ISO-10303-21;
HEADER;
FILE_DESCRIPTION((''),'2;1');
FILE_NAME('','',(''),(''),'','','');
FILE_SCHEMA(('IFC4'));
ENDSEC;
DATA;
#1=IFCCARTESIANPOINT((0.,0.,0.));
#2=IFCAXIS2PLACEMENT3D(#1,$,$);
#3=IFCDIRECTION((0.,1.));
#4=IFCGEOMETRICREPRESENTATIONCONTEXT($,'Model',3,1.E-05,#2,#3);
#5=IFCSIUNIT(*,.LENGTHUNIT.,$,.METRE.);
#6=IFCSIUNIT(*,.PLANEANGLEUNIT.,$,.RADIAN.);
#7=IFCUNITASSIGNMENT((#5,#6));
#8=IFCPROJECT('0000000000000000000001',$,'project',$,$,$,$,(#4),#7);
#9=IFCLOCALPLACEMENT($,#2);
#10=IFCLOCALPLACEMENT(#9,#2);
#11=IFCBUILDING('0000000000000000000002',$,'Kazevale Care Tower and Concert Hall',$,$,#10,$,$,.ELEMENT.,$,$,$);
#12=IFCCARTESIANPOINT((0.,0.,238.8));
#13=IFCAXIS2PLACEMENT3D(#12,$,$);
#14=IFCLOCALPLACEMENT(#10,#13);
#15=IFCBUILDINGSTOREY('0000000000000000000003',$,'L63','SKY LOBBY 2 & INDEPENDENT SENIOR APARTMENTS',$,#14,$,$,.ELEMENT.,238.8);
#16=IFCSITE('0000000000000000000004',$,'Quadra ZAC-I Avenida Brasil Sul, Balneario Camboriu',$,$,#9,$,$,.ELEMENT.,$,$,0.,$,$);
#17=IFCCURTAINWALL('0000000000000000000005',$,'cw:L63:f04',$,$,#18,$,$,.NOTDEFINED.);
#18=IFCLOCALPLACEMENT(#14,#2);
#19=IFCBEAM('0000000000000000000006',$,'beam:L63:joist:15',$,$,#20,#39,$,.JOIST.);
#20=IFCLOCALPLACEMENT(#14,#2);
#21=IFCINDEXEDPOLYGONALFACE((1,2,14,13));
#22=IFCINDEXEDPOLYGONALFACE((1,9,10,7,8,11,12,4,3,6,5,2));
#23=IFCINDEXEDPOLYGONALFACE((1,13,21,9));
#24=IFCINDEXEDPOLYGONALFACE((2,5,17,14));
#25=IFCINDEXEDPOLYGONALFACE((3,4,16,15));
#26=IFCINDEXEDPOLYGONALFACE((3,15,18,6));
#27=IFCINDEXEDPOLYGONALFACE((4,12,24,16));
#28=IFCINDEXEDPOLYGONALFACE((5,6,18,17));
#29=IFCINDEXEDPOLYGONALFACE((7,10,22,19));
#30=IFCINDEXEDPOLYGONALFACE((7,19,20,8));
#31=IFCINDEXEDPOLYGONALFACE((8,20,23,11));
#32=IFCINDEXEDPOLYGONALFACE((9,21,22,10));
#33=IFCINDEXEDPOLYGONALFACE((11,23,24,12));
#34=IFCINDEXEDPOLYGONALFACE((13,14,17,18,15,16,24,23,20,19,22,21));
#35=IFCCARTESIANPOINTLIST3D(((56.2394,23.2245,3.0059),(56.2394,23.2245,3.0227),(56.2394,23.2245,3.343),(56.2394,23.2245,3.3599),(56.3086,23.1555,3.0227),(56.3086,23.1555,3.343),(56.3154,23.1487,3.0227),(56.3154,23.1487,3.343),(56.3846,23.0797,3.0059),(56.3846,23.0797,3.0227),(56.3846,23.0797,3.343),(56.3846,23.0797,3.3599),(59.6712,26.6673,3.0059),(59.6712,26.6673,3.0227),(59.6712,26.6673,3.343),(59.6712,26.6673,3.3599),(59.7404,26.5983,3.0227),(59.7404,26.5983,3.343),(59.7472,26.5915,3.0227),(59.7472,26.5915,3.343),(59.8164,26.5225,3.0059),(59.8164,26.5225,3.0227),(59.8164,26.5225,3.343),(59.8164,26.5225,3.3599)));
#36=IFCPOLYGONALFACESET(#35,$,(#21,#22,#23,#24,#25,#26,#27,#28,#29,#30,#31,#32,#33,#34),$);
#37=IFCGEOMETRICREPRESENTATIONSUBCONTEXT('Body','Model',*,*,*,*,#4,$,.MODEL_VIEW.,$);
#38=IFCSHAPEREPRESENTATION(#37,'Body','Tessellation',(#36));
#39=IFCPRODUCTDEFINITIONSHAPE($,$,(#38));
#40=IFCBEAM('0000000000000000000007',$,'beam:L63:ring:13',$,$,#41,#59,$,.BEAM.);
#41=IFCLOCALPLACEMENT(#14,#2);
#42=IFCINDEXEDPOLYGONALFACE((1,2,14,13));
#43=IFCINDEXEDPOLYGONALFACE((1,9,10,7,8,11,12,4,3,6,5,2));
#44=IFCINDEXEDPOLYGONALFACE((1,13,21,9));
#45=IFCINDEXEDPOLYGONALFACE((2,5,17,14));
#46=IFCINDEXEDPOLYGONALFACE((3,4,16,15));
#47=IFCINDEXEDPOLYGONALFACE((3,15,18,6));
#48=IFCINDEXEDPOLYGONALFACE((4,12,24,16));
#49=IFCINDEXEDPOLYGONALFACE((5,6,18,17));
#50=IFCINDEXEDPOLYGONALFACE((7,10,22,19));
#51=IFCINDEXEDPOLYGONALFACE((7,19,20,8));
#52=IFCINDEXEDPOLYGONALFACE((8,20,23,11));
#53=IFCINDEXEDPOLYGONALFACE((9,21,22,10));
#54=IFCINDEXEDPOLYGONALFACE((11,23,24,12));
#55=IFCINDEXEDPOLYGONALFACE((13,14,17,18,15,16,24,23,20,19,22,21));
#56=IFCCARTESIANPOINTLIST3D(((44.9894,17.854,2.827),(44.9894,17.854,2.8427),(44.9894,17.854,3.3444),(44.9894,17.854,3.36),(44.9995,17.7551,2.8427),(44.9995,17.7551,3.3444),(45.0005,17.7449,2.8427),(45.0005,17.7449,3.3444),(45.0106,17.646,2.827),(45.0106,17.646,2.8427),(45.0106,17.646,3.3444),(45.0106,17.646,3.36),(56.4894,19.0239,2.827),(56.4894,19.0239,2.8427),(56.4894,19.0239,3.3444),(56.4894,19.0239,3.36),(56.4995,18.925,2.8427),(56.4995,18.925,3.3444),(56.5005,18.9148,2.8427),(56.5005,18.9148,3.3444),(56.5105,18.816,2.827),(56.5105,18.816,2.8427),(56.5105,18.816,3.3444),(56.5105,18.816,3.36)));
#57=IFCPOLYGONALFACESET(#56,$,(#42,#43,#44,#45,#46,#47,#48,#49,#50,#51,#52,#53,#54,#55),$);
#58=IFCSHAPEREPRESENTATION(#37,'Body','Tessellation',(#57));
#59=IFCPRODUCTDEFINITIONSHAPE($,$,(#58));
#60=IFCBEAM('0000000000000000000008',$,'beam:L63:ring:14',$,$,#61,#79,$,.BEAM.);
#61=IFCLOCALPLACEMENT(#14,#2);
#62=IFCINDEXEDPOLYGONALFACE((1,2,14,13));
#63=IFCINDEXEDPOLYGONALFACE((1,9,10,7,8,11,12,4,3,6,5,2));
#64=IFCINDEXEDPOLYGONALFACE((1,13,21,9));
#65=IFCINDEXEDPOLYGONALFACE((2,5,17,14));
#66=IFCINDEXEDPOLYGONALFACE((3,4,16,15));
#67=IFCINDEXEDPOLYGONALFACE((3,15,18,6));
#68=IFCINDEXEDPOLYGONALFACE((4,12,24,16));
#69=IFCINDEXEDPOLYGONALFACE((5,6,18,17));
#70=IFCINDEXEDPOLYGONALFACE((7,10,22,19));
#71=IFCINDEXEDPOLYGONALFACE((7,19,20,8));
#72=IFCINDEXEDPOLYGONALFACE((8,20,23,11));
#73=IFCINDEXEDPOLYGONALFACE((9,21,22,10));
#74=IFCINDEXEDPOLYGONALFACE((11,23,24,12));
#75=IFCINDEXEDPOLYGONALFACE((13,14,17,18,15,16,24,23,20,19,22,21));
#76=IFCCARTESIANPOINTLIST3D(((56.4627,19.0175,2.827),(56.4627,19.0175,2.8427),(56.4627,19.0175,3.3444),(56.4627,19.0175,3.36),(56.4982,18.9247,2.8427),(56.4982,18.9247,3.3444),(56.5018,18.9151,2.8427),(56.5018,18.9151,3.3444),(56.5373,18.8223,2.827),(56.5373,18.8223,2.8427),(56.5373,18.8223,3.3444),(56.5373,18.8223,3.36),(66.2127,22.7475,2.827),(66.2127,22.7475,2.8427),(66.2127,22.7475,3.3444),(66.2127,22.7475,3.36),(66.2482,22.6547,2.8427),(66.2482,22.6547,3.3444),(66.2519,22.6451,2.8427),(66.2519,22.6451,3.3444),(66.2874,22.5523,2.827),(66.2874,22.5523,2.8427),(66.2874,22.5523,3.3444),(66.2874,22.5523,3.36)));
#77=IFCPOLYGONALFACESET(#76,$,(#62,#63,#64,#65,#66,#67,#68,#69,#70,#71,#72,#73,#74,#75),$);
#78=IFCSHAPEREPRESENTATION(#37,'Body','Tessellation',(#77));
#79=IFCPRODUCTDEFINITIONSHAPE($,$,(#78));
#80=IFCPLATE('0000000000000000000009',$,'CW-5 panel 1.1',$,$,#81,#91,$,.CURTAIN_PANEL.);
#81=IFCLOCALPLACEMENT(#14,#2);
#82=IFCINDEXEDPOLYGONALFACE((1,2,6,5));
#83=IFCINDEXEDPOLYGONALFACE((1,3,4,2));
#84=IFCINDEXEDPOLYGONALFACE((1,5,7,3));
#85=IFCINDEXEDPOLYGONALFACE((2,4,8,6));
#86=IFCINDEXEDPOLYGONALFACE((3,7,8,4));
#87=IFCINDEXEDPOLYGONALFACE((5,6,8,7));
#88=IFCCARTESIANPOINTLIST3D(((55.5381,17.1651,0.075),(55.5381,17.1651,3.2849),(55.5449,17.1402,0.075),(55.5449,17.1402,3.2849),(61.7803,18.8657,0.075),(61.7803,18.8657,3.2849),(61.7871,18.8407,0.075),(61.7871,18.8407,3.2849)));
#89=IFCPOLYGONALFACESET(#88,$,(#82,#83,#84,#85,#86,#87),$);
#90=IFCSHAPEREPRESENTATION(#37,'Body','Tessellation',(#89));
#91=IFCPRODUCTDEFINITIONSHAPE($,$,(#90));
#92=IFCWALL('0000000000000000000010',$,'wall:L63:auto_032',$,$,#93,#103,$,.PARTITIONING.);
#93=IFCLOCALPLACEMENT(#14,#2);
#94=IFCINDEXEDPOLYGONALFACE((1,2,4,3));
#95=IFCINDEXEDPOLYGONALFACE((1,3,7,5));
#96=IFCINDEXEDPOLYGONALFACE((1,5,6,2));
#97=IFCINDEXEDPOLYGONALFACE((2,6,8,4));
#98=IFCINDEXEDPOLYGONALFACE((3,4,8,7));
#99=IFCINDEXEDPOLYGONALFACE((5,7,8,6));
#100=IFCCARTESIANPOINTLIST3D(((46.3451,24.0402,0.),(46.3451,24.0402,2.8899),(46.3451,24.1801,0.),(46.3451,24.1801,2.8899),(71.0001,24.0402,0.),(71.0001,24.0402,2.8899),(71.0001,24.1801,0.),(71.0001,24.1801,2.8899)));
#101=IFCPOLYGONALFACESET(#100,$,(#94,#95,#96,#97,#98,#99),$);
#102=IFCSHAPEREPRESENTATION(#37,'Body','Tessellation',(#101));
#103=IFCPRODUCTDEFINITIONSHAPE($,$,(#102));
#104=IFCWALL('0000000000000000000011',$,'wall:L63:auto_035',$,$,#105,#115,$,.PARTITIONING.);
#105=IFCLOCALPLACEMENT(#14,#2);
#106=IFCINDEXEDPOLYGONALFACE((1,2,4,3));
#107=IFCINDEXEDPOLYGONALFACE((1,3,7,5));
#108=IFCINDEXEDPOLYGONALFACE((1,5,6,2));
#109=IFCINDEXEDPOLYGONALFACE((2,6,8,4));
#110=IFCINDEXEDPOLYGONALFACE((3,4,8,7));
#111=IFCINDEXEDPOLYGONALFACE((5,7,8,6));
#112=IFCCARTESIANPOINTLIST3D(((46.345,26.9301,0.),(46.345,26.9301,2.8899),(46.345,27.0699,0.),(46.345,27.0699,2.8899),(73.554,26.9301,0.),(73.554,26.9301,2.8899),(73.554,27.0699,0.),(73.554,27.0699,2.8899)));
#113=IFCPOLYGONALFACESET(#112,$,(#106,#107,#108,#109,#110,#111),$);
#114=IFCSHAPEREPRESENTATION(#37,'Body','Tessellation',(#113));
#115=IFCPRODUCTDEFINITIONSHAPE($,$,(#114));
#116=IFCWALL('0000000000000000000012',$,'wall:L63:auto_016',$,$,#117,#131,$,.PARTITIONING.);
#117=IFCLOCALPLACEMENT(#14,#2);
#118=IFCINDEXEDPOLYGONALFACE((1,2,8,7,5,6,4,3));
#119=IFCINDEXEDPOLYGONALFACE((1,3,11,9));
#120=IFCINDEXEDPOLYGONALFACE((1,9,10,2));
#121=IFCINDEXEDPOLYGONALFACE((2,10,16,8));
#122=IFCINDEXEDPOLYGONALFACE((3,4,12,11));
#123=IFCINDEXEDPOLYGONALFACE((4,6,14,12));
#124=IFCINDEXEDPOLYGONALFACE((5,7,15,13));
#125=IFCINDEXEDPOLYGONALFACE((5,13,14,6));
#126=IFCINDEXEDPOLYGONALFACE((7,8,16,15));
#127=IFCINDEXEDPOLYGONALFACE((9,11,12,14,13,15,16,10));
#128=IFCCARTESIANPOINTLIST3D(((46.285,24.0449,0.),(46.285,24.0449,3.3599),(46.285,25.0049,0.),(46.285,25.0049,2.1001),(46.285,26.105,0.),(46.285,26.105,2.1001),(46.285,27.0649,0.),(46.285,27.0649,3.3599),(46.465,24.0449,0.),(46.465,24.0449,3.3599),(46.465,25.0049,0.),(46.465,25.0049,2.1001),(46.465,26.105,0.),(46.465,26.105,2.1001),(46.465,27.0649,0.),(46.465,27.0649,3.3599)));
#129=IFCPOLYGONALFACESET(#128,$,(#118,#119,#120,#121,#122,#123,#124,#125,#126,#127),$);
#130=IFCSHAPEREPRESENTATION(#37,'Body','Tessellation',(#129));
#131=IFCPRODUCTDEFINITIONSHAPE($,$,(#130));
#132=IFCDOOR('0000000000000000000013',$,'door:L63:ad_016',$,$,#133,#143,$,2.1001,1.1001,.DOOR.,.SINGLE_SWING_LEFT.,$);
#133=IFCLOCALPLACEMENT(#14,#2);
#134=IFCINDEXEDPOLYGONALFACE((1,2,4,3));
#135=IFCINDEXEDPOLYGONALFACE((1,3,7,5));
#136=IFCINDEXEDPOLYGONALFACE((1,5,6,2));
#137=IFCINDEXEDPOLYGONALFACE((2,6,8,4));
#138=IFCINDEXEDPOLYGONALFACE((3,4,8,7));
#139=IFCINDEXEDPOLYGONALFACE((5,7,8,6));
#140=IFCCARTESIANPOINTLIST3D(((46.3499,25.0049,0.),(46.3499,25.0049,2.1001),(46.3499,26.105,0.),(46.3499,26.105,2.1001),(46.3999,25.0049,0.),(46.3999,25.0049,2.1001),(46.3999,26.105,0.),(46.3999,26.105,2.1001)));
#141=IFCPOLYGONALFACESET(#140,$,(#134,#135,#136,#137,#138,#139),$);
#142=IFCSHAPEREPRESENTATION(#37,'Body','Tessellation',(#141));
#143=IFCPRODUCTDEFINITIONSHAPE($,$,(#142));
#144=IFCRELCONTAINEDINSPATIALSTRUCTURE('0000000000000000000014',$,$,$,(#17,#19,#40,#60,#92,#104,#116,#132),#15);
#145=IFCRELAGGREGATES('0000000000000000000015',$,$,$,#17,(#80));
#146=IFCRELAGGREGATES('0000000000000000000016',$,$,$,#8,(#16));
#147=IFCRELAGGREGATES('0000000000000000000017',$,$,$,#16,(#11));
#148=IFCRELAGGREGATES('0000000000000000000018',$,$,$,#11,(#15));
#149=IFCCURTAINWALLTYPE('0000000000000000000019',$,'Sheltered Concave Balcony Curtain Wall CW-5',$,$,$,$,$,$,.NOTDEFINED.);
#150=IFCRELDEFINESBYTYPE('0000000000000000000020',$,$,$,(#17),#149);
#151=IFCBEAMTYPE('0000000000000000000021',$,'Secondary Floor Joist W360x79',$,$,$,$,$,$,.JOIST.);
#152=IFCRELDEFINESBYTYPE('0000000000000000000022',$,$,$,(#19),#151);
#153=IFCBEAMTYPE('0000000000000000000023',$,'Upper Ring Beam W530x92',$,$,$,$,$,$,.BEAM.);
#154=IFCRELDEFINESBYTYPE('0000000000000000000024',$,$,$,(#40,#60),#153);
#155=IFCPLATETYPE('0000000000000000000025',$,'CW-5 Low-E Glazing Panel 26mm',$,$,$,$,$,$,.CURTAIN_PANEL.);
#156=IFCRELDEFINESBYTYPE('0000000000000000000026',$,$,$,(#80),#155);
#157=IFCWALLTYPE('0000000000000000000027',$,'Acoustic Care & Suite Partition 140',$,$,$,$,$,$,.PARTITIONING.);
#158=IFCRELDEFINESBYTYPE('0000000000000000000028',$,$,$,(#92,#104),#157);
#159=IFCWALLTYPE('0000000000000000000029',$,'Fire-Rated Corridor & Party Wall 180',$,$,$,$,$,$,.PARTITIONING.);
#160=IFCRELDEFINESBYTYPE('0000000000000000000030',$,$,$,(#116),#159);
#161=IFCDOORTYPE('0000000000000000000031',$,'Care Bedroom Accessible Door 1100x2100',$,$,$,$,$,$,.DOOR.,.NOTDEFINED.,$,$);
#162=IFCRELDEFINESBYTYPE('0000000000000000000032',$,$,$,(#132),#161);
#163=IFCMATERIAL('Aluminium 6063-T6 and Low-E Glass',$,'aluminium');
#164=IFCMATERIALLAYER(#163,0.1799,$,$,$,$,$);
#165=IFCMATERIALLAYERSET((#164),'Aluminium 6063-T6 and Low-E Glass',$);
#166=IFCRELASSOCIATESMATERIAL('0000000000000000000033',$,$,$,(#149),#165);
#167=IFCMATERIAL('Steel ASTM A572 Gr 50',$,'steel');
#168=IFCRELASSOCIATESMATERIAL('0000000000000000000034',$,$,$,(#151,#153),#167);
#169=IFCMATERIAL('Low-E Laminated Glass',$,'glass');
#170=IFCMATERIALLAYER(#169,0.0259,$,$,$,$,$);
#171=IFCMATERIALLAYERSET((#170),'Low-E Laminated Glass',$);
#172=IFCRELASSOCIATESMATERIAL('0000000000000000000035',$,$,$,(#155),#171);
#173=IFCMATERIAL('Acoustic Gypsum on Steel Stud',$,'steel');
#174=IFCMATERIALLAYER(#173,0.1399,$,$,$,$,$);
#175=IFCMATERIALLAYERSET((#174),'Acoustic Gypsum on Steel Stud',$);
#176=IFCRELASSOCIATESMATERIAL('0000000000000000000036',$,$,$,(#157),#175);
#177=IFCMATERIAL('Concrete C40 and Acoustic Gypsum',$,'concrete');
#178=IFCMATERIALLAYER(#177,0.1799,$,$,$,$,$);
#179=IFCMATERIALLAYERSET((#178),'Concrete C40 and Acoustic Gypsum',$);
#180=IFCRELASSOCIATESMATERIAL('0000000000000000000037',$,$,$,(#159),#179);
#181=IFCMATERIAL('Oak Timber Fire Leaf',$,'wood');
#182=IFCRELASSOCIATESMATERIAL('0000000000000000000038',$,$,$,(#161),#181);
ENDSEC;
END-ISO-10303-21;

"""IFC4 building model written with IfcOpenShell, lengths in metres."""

from ifc_helpers import new_model, si_unit, direction, frame, frame_2d, origin, origin_2d, place, context, subcontext, project, spatial, rectangle, i_section, extrude, material, layer, layer_set, material_profile, profile_set, type_object, element, fill, aggregate, save


model = new_model("IFC4")

# Units and contexts
model_context = context("Model", 3, precision=1e-05, world=origin(), true_north=direction((0.0, 1.0)))
body_context = subcontext(model_context, "Body", "Model", "MODEL_VIEW")
ifc_project = project(units=[si_unit("LENGTHUNIT", "METRE"), si_unit("PLANEANGLEUNIT", "RADIAN")], contexts=[model_context])

# Site, building, storey
site_placement = place(None, origin())
site = spatial("IfcSite", under=ifc_project, at=site_placement, Name="Quadra ZAC-I Avenida Brasil Sul, Balneario Camboriu", CompositionType="ELEMENT", RefElevation=0.0)
building_placement = place(site_placement, origin())
building = spatial("IfcBuilding", under=site, at=building_placement, Name="Kazevale Care Tower and Concert Hall", CompositionType="ELEMENT")
storey_placement = place(building_placement, frame((0.0, 0.0, 238.8)))
storey = spatial("IfcBuildingStorey", under=building, at=storey_placement, Name="L63", Description="SKY LOBBY 2 & INDEPENDENT SENIOR APARTMENTS", CompositionType="ELEMENT", Elevation=238.8)

# Curtain wall
ifc_material_1 = material(Name="Aluminium 6063-T6 and Low-E Glass", Category="aluminium")
ifc_layer_1 = layer(ifc_material_1, 0.1799)
ifc_layer_set_1 = layer_set([ifc_layer_1], Name="Aluminium 6063-T6 and Low-E Glass")
curtain_wall_type = type_object("IfcCurtainWallType", Name="Sheltered Concave Balcony Curtain Wall CW-5", PredefinedType="NOTDEFINED", material=ifc_layer_set_1)
curtain_wall_1_placement = place(storey_placement, origin())
curtain_wall_1 = element("IfcCurtainWall", 1, at=curtain_wall_1_placement, inside=storey, type_object=curtain_wall_type, Name="cw:L63:f04", PredefinedType="NOTDEFINED")

# Beams
ifc_material_2 = material(Name="Steel ASTM A572 Gr 50", Category="steel")
ifc_material_profile_1 = material_profile(ifc_material_2, i_section(OverallWidth=0.2051, OverallDepth=0.354, WebThickness=0.0095, FlangeThickness=0.0168, at=origin_2d()), Name="W360x79")
ifc_profile_set_1 = profile_set([ifc_material_profile_1], Name="Steel ASTM A572 Gr 50")
beam_type_1 = type_object("IfcBeamType", Name="Secondary Floor Joist W360x79", PredefinedType="JOIST", material=ifc_profile_set_1)
beam_1_placement = place(storey_placement, frame((56.312, 23.1521, 3.1829), z_axis=(0.705976, 0.708236, 0.0), x_axis=(-0.708236, 0.705976, 0.0)))
element("IfcBeam", 2, at=beam_1_placement, inside=storey, type_object=beam_type_1, Name="beam:L63:joist:15", PredefinedType="JOIST", context=body_context, shape_type="SweptSolid", body=[
    extrude(i_section(OverallWidth=0.2051, OverallDepth=0.354, WebThickness=0.0095, FlangeThickness=0.0168, at=origin_2d()), origin(), (0.0, 0.0, 1.0), 4.8611),
])
ifc_material_profile_2 = material_profile(ifc_material_2, i_section(OverallWidth=0.209, OverallDepth=0.533, WebThickness=0.0103, FlangeThickness=0.0156, at=origin_2d()), Name="W530x92")
ifc_profile_set_2 = profile_set([ifc_material_profile_2], Name="Steel ASTM A572 Gr 50")
beam_type_2 = type_object("IfcBeamType", Name="Upper Ring Beam W530x92", PredefinedType="BEAM", material=ifc_profile_set_2)
beam_2_placement = place(storey_placement, frame((45.0, 17.75, 3.0935), z_axis=(0.994865, 0.10121, 0.0), x_axis=(-0.10121, 0.994865, 0.0)))
element("IfcBeam", 3, at=beam_2_placement, inside=storey, type_object=beam_type_2, Name="beam:L63:ring:13", PredefinedType="BEAM", context=body_context, shape_type="SweptSolid", body=[
    extrude(i_section(OverallWidth=0.209, OverallDepth=0.533, WebThickness=0.0103, FlangeThickness=0.0156, at=origin_2d()), origin(), (0.0, 0.0, 1.0), 11.5593),
])
beam_3_placement = place(storey_placement, frame((56.5, 18.9199, 3.0935), z_axis=(0.933987, 0.357308, 0.0), x_axis=(-0.357308, 0.933987, 0.0)))
element("IfcBeam", 4, at=beam_3_placement, inside=storey, type_object=beam_type_2, Name="beam:L63:ring:14", PredefinedType="BEAM", context=body_context, shape_type="SweptSolid", body=[
    extrude(i_section(OverallWidth=0.209, OverallDepth=0.533, WebThickness=0.0103, FlangeThickness=0.0156, at=origin_2d()), origin(), (0.0, 0.0, 1.0), 10.4392),
])

# Plate
ifc_material_3 = material(Name="Low-E Laminated Glass", Category="glass")
ifc_layer_2 = layer(ifc_material_3, 0.0259)
ifc_layer_set_2 = layer_set([ifc_layer_2], Name="Low-E Laminated Glass")
plate_type = type_object("IfcPlateType", Name="CW-5 Low-E Glazing Panel 26mm", PredefinedType="CURTAIN_PANEL", material=ifc_layer_set_2)
plate_placement = place(storey_placement, frame((58.6626, 18.0029, 0.075), z_axis=(0.0, 0.0, 1.0), x_axis=(-0.964837, -0.262849, 0.0)))
plate = element("IfcPlate", 5, at=plate_placement, type_object=plate_type, Name="CW-5 panel 1.1", PredefinedType="CURTAIN_PANEL", context=body_context, shape_type="SweptSolid", body=[
    extrude(rectangle(XDim=6.4697, YDim=0.0259, at=origin_2d()), origin(), (0.0, 0.0, 1.0), 3.21),
])
aggregate(curtain_wall_1, [plate])

# Walls
ifc_material_4 = material(Name="Acoustic Gypsum on Steel Stud", Category="steel")
ifc_layer_3 = layer(ifc_material_4, 0.1399)
ifc_layer_set_3 = layer_set([ifc_layer_3], Name="Acoustic Gypsum on Steel Stud")
wall_type_1 = type_object("IfcWallType", Name="Acoustic Care & Suite Partition 140", PredefinedType="PARTITIONING", material=ifc_layer_set_3)
wall_1_placement = place(storey_placement, frame((46.345, 24.1101, 0.0), z_axis=(0.0, 0.0, 1.0), x_axis=(1.0, 0.0, 0.0)))
element("IfcWall", 6, at=wall_1_placement, inside=storey, type_object=wall_type_1, Name="wall:L63:auto_032", PredefinedType="PARTITIONING", context=body_context, shape_type="SweptSolid", body=[
    extrude(rectangle(XDim=24.655, YDim=0.1399, at=frame_2d((12.3276, 0.0))), origin(), (0.0, 0.0, 1.0), 2.8899),
])
wall_2_placement = place(storey_placement, frame((46.345, 27.0, 0.0), z_axis=(0.0, 0.0, 1.0), x_axis=(1.0, 0.0, 0.0)))
element("IfcWall", 7, at=wall_2_placement, inside=storey, type_object=wall_type_1, Name="wall:L63:auto_035", PredefinedType="PARTITIONING", context=body_context, shape_type="SweptSolid", body=[
    extrude(rectangle(XDim=27.209, YDim=0.1399, at=frame_2d((13.6045, 0.0))), origin(), (0.0, 0.0, 1.0), 2.8899),
])

# Wall, opening, door
ifc_material_5 = material(Name="Concrete C40 and Acoustic Gypsum", Category="concrete")
ifc_layer_4 = layer(ifc_material_5, 0.1799)
ifc_layer_set_4 = layer_set([ifc_layer_4], Name="Concrete C40 and Acoustic Gypsum")
wall_type_2 = type_object("IfcWallType", Name="Fire-Rated Corridor & Party Wall 180", PredefinedType="PARTITIONING", material=ifc_layer_set_4)
ifc_material_6 = material(Name="Oak Timber Fire Leaf", Category="wood")
wall_3_placement = place(storey_placement, frame((46.375, 27.0649, 0.0), z_axis=(0.0, 0.0, 1.0), x_axis=(0.0, -1.0, 0.0)))
wall_3 = element("IfcWall", 8, at=wall_3_placement, inside=storey, type_object=wall_type_2, Name="wall:L63:auto_016", PredefinedType="PARTITIONING", context=body_context, shape_type="SweptSolid", body=[
    extrude(rectangle(XDim=3.02, YDim=0.1799, at=frame_2d((1.51, 0.0))), origin(), (0.0, 0.0, 1.0), 3.3599),
])
opening_1_placement = place(wall_3_placement, frame((0.96, 0.0, 0.0)))
opening_1 = element("IfcOpeningElement", 9, at=opening_1_placement, cuts=wall_3, PredefinedType="OPENING", context=body_context, shape_type="SweptSolid", body=[
    extrude(rectangle(XDim=1.1001, YDim=2.1001, at=frame_2d((0.55, 1.05))), frame((0.0, 0.0999, 0.0), z_axis=(0.0, -1.0, 0.0), x_axis=(1.0, 0.0, 0.0)), (0.0, 0.0, 1.0), 0.2),
])
door_type_1 = type_object("IfcDoorType", Name="Care Bedroom Accessible Door 1100x2100", OperationType="NOTDEFINED", PredefinedType="DOOR", material=ifc_material_6)
door_1_placement = place(opening_1_placement, origin())
door_1 = element("IfcDoor", 10, at=door_1_placement, inside=storey, type_object=door_type_1, Name="door:L63:ad_016", OperationType="SINGLE_SWING_LEFT", OverallHeight=2.1001, OverallWidth=1.1001, PredefinedType="DOOR", context=body_context, shape_type="SweptSolid", body=[
    extrude(rectangle(XDim=1.1001, YDim=2.1001, at=frame_2d((0.55, 1.05))), frame((0.0, 0.0249, 0.0), z_axis=(0.0, -1.0, 0.0), x_axis=(1.0, 0.0, 0.0)), (0.0, 0.0, 1.0), 0.05),
])
fill(opening_1, door_1)

save(model, "model.ifc")
